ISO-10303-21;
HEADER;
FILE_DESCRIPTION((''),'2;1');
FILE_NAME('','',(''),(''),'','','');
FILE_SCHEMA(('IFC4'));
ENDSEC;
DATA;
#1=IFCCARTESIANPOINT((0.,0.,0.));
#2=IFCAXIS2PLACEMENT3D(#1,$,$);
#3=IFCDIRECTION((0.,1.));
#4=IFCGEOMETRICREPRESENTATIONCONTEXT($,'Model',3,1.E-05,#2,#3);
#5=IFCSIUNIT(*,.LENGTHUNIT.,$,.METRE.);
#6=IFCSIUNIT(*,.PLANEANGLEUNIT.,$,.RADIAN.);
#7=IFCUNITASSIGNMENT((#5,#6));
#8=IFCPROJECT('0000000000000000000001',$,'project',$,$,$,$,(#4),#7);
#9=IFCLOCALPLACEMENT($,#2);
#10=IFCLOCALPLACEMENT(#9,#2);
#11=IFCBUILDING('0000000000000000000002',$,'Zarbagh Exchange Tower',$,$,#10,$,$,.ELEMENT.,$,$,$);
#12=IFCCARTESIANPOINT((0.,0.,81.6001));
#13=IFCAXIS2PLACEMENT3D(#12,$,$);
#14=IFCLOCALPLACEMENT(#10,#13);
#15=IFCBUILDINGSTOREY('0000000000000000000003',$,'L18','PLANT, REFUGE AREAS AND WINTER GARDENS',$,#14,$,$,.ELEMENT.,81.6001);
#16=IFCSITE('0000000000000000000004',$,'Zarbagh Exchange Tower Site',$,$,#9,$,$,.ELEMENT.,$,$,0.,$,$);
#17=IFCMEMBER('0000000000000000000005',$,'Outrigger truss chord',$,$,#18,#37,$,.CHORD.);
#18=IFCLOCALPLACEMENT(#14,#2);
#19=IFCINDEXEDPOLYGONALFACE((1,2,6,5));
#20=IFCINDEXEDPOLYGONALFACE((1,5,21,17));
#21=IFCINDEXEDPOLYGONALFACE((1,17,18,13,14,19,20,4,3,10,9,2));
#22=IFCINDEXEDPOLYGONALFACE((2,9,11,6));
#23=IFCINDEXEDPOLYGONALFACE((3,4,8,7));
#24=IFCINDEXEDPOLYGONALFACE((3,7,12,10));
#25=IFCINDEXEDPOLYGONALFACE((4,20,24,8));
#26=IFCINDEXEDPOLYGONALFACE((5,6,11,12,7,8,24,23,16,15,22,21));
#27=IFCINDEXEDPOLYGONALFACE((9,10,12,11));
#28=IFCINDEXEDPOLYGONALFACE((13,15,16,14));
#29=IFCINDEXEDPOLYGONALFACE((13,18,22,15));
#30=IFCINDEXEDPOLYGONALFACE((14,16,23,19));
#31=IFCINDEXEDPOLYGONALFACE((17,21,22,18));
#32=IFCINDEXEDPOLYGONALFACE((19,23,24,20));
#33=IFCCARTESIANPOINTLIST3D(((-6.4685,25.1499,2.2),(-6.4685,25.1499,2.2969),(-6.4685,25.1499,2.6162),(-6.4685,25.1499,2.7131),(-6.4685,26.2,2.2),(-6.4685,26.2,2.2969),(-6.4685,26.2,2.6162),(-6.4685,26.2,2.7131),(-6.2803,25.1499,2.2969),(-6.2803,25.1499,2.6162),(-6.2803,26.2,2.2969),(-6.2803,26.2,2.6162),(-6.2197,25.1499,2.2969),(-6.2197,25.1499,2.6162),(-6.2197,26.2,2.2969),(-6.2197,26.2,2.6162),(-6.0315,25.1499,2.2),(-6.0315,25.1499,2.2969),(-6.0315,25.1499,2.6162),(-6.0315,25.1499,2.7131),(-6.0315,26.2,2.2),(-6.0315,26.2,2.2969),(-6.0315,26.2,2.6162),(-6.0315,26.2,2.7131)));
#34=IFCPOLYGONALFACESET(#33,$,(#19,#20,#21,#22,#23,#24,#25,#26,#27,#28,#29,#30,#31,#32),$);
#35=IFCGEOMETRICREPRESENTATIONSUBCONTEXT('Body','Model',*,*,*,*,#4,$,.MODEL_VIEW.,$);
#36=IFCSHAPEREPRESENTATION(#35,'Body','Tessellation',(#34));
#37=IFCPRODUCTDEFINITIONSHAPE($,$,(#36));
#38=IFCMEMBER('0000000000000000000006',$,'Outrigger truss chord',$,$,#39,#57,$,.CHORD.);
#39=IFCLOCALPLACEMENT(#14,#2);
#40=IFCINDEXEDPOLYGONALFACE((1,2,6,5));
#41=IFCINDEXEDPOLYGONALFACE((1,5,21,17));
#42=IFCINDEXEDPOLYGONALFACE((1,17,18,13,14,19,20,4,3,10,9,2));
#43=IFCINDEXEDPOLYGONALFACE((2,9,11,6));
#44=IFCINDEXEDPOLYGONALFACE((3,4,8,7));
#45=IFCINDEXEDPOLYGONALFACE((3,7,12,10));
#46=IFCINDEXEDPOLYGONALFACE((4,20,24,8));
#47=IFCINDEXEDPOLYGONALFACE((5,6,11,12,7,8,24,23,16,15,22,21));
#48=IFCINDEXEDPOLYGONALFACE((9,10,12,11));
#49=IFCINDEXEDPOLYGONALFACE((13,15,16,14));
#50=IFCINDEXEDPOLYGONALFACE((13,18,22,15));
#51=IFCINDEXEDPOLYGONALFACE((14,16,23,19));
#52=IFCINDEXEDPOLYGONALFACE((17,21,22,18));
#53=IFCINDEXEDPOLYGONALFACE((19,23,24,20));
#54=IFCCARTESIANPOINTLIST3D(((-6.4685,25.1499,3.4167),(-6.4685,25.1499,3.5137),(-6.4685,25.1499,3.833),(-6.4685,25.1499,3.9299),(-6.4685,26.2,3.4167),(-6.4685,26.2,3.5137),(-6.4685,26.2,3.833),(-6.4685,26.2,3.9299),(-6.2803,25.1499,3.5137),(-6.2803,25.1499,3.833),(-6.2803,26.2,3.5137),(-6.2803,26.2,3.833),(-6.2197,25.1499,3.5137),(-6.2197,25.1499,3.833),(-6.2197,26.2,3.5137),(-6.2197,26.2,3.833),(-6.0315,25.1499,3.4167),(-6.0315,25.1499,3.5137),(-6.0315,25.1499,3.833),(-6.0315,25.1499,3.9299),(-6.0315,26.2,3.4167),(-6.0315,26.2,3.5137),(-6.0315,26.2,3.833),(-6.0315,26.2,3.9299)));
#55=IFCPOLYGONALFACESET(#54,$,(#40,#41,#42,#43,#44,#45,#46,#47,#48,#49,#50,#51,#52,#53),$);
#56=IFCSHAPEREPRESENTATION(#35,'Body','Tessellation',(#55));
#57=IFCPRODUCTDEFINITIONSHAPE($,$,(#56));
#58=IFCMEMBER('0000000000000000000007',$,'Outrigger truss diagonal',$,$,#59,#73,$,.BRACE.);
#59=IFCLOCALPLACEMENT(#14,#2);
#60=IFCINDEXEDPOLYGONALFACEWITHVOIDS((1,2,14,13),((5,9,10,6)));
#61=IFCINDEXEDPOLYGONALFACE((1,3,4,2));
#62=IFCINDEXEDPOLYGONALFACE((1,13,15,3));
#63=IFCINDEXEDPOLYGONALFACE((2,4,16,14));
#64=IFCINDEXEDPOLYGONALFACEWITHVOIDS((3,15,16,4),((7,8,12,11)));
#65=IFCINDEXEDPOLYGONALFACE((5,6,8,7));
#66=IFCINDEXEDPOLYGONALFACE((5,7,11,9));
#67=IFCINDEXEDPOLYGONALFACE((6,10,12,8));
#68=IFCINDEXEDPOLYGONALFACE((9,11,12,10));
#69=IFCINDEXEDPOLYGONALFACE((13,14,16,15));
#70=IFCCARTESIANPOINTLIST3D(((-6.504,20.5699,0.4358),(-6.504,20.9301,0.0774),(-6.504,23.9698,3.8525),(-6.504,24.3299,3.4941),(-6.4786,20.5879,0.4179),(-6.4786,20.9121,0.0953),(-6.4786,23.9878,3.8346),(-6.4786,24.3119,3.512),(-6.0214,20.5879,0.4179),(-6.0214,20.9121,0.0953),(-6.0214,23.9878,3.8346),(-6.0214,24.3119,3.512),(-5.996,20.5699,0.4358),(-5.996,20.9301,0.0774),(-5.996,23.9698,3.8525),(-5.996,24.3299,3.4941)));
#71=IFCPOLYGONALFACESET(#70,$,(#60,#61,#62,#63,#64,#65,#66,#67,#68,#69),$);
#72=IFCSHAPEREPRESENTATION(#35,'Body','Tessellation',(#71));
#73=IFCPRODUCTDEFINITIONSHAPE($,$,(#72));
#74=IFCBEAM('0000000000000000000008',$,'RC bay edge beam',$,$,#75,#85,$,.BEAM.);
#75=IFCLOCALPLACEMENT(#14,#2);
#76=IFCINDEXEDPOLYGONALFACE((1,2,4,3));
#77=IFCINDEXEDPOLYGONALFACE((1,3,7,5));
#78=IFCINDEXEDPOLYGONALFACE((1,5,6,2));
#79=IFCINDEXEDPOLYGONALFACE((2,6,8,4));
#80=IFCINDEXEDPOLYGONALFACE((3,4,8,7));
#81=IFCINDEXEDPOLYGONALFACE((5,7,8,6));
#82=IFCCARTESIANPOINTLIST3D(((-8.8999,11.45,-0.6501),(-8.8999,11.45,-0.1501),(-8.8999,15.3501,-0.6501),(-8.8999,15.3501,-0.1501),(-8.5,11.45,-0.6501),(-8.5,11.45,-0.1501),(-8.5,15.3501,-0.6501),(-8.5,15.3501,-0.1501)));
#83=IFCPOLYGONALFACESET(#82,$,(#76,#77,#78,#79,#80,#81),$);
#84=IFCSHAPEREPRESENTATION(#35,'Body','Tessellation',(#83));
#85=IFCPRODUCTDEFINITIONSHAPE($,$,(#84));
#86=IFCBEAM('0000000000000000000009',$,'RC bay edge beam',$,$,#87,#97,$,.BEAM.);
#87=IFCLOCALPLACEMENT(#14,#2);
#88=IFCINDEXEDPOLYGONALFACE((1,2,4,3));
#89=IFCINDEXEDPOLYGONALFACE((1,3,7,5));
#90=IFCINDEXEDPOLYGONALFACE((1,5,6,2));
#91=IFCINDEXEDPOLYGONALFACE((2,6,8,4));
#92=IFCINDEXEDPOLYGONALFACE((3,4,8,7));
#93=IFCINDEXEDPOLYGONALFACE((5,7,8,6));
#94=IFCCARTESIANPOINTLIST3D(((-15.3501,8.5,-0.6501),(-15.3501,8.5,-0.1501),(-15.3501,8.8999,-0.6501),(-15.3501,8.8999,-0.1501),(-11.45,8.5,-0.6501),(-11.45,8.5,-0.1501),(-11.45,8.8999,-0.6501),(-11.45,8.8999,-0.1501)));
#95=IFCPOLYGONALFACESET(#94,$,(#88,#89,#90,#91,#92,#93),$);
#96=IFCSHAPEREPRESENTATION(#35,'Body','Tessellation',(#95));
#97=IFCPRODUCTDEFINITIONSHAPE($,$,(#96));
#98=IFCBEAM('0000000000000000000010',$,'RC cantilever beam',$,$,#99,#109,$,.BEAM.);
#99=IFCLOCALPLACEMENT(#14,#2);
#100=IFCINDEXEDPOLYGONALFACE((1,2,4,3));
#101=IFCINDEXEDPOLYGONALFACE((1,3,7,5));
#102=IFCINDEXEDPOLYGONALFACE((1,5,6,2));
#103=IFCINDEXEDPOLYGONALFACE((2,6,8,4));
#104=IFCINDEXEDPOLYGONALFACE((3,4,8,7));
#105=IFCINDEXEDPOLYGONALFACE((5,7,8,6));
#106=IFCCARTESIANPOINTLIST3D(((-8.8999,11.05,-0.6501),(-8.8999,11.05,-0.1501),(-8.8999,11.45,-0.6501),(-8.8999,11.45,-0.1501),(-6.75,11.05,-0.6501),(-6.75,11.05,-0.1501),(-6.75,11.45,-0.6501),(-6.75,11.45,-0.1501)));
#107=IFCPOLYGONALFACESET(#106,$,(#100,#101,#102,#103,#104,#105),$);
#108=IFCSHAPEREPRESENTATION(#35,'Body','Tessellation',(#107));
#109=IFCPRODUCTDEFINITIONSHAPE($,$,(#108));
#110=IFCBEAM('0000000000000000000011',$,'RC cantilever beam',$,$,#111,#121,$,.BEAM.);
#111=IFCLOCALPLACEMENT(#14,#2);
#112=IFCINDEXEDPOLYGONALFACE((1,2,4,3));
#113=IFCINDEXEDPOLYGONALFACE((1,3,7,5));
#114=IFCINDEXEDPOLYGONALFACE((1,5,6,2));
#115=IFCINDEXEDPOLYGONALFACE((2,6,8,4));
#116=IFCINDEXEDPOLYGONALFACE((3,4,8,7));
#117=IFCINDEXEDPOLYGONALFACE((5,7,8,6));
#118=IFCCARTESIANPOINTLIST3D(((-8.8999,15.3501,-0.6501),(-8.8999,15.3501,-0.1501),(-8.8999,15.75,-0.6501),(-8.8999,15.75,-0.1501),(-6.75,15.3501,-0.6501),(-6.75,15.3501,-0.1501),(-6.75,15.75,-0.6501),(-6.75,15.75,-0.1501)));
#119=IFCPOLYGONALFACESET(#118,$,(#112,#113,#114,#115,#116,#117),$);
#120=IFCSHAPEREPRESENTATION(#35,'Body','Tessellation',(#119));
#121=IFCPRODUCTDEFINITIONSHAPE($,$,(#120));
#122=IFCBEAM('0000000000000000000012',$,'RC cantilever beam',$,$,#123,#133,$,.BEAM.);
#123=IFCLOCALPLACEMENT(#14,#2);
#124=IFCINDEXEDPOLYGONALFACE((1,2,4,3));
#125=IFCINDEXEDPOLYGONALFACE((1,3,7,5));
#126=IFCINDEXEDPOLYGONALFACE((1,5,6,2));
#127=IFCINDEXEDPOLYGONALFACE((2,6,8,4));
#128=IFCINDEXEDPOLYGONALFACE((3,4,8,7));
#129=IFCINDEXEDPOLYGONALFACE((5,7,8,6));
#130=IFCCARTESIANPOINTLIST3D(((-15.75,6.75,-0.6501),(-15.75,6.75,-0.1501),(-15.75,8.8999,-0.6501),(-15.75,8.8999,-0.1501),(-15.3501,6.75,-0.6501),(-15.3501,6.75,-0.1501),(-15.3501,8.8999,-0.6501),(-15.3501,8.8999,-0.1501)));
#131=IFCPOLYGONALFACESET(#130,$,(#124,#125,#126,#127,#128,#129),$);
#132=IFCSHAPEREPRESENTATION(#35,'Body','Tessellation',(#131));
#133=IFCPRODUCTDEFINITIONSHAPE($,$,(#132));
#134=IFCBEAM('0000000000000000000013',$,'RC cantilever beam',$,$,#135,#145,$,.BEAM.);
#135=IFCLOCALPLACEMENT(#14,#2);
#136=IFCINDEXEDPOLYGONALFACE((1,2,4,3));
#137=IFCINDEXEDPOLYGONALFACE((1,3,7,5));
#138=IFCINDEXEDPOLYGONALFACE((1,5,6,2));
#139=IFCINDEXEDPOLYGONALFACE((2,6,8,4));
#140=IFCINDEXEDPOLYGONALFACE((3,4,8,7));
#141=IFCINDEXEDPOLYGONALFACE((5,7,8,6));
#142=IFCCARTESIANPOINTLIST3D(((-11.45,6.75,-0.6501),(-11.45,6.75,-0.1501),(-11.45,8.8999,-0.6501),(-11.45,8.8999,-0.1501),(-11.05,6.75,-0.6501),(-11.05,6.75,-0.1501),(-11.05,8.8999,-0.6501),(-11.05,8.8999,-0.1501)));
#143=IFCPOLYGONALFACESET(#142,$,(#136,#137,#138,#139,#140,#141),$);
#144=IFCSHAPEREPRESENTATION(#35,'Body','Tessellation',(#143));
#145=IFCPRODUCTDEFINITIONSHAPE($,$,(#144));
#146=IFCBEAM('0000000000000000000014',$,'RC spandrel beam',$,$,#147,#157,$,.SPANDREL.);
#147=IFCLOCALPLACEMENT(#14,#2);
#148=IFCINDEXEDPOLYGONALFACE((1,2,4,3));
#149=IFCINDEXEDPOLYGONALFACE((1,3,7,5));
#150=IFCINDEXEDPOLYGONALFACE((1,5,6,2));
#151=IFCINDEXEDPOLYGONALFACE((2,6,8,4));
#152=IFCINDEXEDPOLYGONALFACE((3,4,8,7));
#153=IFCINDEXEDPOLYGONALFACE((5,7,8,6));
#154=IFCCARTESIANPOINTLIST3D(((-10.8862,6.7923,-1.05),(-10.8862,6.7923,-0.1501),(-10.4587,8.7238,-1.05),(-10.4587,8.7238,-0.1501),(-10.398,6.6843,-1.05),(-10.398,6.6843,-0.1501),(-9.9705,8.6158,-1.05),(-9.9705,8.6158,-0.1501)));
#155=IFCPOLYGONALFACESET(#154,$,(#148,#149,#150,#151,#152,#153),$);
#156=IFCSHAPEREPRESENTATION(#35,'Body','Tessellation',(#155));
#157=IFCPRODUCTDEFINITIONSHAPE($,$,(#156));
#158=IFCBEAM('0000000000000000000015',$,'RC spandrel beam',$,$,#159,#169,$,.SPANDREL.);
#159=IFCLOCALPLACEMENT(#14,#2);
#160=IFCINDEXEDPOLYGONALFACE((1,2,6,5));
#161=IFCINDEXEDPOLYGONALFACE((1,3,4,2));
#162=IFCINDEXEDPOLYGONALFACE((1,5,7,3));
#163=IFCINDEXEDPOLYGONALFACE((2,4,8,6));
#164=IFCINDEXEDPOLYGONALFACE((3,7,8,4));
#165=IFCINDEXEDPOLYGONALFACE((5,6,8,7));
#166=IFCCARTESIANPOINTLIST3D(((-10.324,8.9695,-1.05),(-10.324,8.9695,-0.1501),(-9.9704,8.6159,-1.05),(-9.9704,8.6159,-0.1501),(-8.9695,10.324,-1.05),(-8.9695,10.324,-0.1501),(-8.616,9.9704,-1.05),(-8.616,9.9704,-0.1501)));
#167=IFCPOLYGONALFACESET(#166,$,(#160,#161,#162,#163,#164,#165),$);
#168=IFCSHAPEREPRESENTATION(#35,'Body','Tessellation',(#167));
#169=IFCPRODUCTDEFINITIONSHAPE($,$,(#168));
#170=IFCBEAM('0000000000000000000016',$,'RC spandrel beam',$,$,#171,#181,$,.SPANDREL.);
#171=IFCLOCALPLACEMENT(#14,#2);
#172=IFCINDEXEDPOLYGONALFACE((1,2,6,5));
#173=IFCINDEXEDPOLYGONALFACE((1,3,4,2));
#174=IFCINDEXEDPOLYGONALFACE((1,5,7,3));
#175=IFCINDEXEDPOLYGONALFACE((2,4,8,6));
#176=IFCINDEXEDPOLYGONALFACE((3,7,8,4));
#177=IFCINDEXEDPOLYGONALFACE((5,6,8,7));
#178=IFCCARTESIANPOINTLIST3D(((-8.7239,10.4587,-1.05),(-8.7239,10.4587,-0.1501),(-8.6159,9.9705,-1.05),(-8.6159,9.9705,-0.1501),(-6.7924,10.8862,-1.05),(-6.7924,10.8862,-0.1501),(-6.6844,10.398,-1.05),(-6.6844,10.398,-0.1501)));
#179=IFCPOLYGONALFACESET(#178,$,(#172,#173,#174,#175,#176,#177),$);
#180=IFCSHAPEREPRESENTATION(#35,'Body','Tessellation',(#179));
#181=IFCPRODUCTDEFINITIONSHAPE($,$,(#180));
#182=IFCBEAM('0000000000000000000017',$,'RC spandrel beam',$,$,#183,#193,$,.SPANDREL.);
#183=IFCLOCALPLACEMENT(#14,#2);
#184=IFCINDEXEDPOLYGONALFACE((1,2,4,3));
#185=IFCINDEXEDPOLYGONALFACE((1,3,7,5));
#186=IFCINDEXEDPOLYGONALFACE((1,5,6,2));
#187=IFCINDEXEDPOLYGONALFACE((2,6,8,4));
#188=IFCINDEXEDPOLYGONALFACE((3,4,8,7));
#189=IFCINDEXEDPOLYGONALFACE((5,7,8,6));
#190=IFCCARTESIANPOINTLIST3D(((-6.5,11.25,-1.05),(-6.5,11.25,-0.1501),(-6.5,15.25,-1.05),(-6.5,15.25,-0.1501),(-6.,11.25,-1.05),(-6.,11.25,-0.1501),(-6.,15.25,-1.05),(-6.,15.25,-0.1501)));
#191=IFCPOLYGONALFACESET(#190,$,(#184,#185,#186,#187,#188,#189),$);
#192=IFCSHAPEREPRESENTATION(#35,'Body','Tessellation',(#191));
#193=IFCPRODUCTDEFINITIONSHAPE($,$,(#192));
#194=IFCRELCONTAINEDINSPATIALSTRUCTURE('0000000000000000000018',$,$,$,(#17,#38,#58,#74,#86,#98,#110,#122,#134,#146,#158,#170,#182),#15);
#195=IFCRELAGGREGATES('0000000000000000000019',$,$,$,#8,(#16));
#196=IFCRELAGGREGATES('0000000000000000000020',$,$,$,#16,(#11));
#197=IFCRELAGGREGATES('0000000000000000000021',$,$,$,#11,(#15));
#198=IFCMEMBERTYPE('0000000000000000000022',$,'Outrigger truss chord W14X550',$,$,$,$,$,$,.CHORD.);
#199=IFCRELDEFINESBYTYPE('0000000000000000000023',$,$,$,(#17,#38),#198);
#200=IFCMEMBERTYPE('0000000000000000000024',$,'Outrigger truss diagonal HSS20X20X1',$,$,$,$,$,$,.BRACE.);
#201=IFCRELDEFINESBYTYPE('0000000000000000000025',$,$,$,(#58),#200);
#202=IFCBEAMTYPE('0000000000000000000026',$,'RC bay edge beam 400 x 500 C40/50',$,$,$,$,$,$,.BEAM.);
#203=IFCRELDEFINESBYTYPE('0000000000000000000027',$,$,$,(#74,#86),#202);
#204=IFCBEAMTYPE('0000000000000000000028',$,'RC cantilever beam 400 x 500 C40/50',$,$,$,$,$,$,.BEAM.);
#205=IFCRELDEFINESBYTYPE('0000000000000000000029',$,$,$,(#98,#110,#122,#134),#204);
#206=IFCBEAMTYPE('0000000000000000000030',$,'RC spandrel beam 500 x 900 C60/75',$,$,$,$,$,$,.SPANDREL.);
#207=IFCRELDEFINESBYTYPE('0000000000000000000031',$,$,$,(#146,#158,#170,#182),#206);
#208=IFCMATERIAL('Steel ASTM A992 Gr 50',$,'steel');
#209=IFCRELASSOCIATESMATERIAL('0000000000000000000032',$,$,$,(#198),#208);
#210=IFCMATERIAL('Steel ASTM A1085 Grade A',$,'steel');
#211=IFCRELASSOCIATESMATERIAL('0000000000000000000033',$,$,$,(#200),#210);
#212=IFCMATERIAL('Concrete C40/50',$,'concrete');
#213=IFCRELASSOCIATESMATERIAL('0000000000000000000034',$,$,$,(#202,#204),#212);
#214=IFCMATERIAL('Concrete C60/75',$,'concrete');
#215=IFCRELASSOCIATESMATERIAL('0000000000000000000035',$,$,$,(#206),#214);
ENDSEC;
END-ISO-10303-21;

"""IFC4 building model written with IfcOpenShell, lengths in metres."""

from ifc_helpers import new_model, si_unit, direction, frame, origin, origin_2d, place, context, subcontext, project, spatial, rectangle, hollow_rectangle, i_section, extrude, material, material_profile, profile_set, type_object, element, save


model = new_model("IFC4")

# Units and contexts
model_context = context("Model", 3, precision=1e-05, world=origin(), true_north=direction((0.0, 1.0)))
body_context = subcontext(model_context, "Body", "Model", "MODEL_VIEW")
ifc_project = project(units=[si_unit("LENGTHUNIT", "METRE"), si_unit("PLANEANGLEUNIT", "RADIAN")], contexts=[model_context])

# Site, building, storey
site_placement = place(None, origin())
site = spatial("IfcSite", under=ifc_project, at=site_placement, Name="Zarbagh Exchange Tower Site", CompositionType="ELEMENT", RefElevation=0.0)
building_placement = place(site_placement, origin())
building = spatial("IfcBuilding", under=site, at=building_placement, Name="Zarbagh Exchange Tower", CompositionType="ELEMENT")
storey_placement = place(building_placement, frame((0.0, 0.0, 81.6001)))
storey = spatial("IfcBuildingStorey", under=building, at=storey_placement, Name="L18", Description="PLANT, REFUGE AREAS AND WINTER GARDENS", CompositionType="ELEMENT", Elevation=81.6001)

# Shared definitions
ifc_material_1 = material(Name="Concrete C60/75", Category="concrete")

# Members
ifc_material_2 = material(Name="Steel ASTM A992 Gr 50", Category="steel")
ifc_material_profile_1 = material_profile(ifc_material_2, i_section(OverallWidth=0.437, OverallDepth=0.5132, WebThickness=0.0605, FlangeThickness=0.0969, at=origin_2d()), Name="W14X550")
ifc_profile_set_1 = profile_set([ifc_material_profile_1], Name="Steel ASTM A992 Gr 50")
member_type_1 = type_object("IfcMemberType", Name="Outrigger truss chord W14X550", PredefinedType="CHORD", material=ifc_profile_set_1)
for number, where, z_axis, x_axis, name in (
    (1, (-6.25, 25.1499, 2.4565), (0.0, 1.0, 0.0), (-1.0, 0.0, 0.0), "Outrigger truss chord"),
    (2, (-6.25, 25.1499, 3.6733), (0.0, 1.0, 0.0), (-1.0, 0.0, 0.0), "Outrigger truss chord"),
):
    element("IfcMember", number, at=place(storey_placement, frame(where, z_axis=z_axis, x_axis=x_axis)), inside=storey, type_object=member_type_1, Name=name, PredefinedType="CHORD", context=body_context, shape_type="SweptSolid", body=[
        extrude(i_section(OverallWidth=0.437, OverallDepth=0.5132, WebThickness=0.0605, FlangeThickness=0.0969, at=origin_2d()), origin(), (0.0, 0.0, 1.0), 1.05),
    ])
ifc_material_3 = material(Name="Steel ASTM A1085 Grade A", Category="steel")
ifc_material_profile_2 = material_profile(ifc_material_3, hollow_rectangle(XDim=0.5081, YDim=0.5081, WallThickness=0.0254, at=origin_2d()), Name="HSS20X20X1")
ifc_profile_set_2 = profile_set([ifc_material_profile_2], Name="Steel ASTM A1085 Grade A")
member_type_2 = type_object("IfcMemberType", Name="Outrigger truss diagonal HSS20X20X1", PredefinedType="BRACE", material=ifc_profile_set_2)
member_1_placement = place(storey_placement, frame((-6.25, 20.75, 0.2566), z_axis=(0.0, 0.705357, 0.708852), x_axis=(-1.0, 0.0, 0.0)))
element("IfcMember", 3, at=member_1_placement, inside=storey, type_object=member_type_2, Name="Outrigger truss diagonal", PredefinedType="BRACE", context=body_context, shape_type="SweptSolid", body=[
    extrude(hollow_rectangle(XDim=0.5081, YDim=0.5081, WallThickness=0.0254, at=origin_2d()), origin(), (0.0, 0.0, 1.0), 4.8201),
])

# Beams
ifc_material_4 = material(Name="Concrete C40/50", Category="concrete")
ifc_material_profile_3 = material_profile(ifc_material_4, rectangle(XDim=0.3999, YDim=0.5, at=origin_2d()), Name="RC bay edge beam 400 x 500 C40/50")
ifc_profile_set_3 = profile_set([ifc_material_profile_3], Name="Concrete C40/50")
beam_type_1 = type_object("IfcBeamType", Name="RC bay edge beam 400 x 500 C40/50", PredefinedType="BEAM", material=ifc_profile_set_3)
for number, where, z_axis, x_axis, name in (
    (4, (-8.7, 11.45, -0.4001), (0.0, 1.0, 0.0), (-1.0, 0.0, 0.0), "RC bay edge beam"),
    (5, (-15.3501, 8.7, -0.4001), (1.0, 0.0, 0.0), (0.0, 1.0, 0.0), "RC bay edge beam"),
):
    element("IfcBeam", number, at=place(storey_placement, frame(where, z_axis=z_axis, x_axis=x_axis)), inside=storey, type_object=beam_type_1, Name=name, PredefinedType="BEAM", context=body_context, shape_type="SweptSolid", body=[
        extrude(rectangle(XDim=0.3999, YDim=0.5, at=origin_2d()), origin(), (0.0, 0.0, 1.0), 3.9001),
    ])
ifc_material_profile_4 = material_profile(ifc_material_4, rectangle(XDim=0.3999, YDim=0.5, at=origin_2d()), Name="RC cantilever beam 400 x 500 C40/50")
ifc_profile_set_4 = profile_set([ifc_material_profile_4], Name="Concrete C40/50")
beam_type_2 = type_object("IfcBeamType", Name="RC cantilever beam 400 x 500 C40/50", PredefinedType="BEAM", material=ifc_profile_set_4)
for number, where, z_axis, x_axis, name in (
    (6, (-6.75, 11.25, -0.4001), (-1.0, 0.0, 0.0), (0.0, -1.0, 0.0), "RC cantilever beam"),
    (7, (-6.75, 15.55, -0.4001), (-1.0, 0.0, 0.0), (0.0, -1.0, 0.0), "RC cantilever beam"),
    (8, (-15.55, 6.75, -0.4001), (0.0, 1.0, 0.0), (-1.0, 0.0, 0.0), "RC cantilever beam"),
    (9, (-11.25, 6.75, -0.4001), (0.0, 1.0, 0.0), (-1.0, 0.0, 0.0), "RC cantilever beam"),
):
    element("IfcBeam", number, at=place(storey_placement, frame(where, z_axis=z_axis, x_axis=x_axis)), inside=storey, type_object=beam_type_2, Name=name, PredefinedType="BEAM", context=body_context, shape_type="SweptSolid", body=[
        extrude(rectangle(XDim=0.3999, YDim=0.5, at=origin_2d()), origin(), (0.0, 0.0, 1.0), 2.1499),
    ])
ifc_material_profile_5 = material_profile(ifc_material_1, rectangle(XDim=0.5, YDim=0.8999, at=origin_2d()), Name="RC spandrel beam 500 x 900 C60/75")
ifc_profile_set_5 = profile_set([ifc_material_profile_5], Name="Concrete C60/75")
beam_type_3 = type_object("IfcBeamType", Name="RC spandrel beam 500 x 900 C60/75", PredefinedType="SPANDREL", material=ifc_profile_set_5)
beam_1_placement = place(storey_placement, frame((-10.6421, 6.7383, -0.6001), z_axis=(0.216081, 0.976375, 0.0), x_axis=(-0.976375, 0.216081, 0.0)))
element("IfcBeam", 10, at=beam_1_placement, inside=storey, type_object=beam_type_3, Name="RC spandrel beam", PredefinedType="SPANDREL", context=body_context, shape_type="SweptSolid", body=[
    extrude(rectangle(XDim=0.5, YDim=0.8999, at=origin_2d()), origin(), (0.0, 0.0, 1.0), 1.9783),
])
beam_2_placement = place(storey_placement, frame((-10.1472, 8.7927, -0.6001), z_axis=(0.707107, 0.707107, 0.0), x_axis=(-0.707107, 0.707107, 0.0)))
element("IfcBeam", 11, at=beam_2_placement, inside=storey, type_object=beam_type_3, Name="RC spandrel beam", PredefinedType="SPANDREL", context=body_context, shape_type="SweptSolid", body=[
    extrude(rectangle(XDim=0.5, YDim=0.8999, at=origin_2d()), origin(), (0.0, 0.0, 1.0), 1.9155),
])
beam_3_placement = place(storey_placement, frame((-8.6699, 10.2146, -0.6001), z_axis=(0.976375, 0.216081, 0.0), x_axis=(-0.216081, 0.976375, 0.0)))
element("IfcBeam", 12, at=beam_3_placement, inside=storey, type_object=beam_type_3, Name="RC spandrel beam", PredefinedType="SPANDREL", context=body_context, shape_type="SweptSolid", body=[
    extrude(rectangle(XDim=0.5, YDim=0.8999, at=origin_2d()), origin(), (0.0, 0.0, 1.0), 1.9783),
])
beam_4_placement = place(storey_placement, frame((-6.25, 11.25, -0.6001), z_axis=(0.0, 1.0, 0.0), x_axis=(-1.0, 0.0, 0.0)))
element("IfcBeam", 13, at=beam_4_placement, inside=storey, type_object=beam_type_3, Name="RC spandrel beam", PredefinedType="SPANDREL", context=body_context, shape_type="SweptSolid", body=[
    extrude(rectangle(XDim=0.5, YDim=0.8999, at=origin_2d()), origin(), (0.0, 0.0, 1.0), 4.0),
])

save(model, "model.ifc")
